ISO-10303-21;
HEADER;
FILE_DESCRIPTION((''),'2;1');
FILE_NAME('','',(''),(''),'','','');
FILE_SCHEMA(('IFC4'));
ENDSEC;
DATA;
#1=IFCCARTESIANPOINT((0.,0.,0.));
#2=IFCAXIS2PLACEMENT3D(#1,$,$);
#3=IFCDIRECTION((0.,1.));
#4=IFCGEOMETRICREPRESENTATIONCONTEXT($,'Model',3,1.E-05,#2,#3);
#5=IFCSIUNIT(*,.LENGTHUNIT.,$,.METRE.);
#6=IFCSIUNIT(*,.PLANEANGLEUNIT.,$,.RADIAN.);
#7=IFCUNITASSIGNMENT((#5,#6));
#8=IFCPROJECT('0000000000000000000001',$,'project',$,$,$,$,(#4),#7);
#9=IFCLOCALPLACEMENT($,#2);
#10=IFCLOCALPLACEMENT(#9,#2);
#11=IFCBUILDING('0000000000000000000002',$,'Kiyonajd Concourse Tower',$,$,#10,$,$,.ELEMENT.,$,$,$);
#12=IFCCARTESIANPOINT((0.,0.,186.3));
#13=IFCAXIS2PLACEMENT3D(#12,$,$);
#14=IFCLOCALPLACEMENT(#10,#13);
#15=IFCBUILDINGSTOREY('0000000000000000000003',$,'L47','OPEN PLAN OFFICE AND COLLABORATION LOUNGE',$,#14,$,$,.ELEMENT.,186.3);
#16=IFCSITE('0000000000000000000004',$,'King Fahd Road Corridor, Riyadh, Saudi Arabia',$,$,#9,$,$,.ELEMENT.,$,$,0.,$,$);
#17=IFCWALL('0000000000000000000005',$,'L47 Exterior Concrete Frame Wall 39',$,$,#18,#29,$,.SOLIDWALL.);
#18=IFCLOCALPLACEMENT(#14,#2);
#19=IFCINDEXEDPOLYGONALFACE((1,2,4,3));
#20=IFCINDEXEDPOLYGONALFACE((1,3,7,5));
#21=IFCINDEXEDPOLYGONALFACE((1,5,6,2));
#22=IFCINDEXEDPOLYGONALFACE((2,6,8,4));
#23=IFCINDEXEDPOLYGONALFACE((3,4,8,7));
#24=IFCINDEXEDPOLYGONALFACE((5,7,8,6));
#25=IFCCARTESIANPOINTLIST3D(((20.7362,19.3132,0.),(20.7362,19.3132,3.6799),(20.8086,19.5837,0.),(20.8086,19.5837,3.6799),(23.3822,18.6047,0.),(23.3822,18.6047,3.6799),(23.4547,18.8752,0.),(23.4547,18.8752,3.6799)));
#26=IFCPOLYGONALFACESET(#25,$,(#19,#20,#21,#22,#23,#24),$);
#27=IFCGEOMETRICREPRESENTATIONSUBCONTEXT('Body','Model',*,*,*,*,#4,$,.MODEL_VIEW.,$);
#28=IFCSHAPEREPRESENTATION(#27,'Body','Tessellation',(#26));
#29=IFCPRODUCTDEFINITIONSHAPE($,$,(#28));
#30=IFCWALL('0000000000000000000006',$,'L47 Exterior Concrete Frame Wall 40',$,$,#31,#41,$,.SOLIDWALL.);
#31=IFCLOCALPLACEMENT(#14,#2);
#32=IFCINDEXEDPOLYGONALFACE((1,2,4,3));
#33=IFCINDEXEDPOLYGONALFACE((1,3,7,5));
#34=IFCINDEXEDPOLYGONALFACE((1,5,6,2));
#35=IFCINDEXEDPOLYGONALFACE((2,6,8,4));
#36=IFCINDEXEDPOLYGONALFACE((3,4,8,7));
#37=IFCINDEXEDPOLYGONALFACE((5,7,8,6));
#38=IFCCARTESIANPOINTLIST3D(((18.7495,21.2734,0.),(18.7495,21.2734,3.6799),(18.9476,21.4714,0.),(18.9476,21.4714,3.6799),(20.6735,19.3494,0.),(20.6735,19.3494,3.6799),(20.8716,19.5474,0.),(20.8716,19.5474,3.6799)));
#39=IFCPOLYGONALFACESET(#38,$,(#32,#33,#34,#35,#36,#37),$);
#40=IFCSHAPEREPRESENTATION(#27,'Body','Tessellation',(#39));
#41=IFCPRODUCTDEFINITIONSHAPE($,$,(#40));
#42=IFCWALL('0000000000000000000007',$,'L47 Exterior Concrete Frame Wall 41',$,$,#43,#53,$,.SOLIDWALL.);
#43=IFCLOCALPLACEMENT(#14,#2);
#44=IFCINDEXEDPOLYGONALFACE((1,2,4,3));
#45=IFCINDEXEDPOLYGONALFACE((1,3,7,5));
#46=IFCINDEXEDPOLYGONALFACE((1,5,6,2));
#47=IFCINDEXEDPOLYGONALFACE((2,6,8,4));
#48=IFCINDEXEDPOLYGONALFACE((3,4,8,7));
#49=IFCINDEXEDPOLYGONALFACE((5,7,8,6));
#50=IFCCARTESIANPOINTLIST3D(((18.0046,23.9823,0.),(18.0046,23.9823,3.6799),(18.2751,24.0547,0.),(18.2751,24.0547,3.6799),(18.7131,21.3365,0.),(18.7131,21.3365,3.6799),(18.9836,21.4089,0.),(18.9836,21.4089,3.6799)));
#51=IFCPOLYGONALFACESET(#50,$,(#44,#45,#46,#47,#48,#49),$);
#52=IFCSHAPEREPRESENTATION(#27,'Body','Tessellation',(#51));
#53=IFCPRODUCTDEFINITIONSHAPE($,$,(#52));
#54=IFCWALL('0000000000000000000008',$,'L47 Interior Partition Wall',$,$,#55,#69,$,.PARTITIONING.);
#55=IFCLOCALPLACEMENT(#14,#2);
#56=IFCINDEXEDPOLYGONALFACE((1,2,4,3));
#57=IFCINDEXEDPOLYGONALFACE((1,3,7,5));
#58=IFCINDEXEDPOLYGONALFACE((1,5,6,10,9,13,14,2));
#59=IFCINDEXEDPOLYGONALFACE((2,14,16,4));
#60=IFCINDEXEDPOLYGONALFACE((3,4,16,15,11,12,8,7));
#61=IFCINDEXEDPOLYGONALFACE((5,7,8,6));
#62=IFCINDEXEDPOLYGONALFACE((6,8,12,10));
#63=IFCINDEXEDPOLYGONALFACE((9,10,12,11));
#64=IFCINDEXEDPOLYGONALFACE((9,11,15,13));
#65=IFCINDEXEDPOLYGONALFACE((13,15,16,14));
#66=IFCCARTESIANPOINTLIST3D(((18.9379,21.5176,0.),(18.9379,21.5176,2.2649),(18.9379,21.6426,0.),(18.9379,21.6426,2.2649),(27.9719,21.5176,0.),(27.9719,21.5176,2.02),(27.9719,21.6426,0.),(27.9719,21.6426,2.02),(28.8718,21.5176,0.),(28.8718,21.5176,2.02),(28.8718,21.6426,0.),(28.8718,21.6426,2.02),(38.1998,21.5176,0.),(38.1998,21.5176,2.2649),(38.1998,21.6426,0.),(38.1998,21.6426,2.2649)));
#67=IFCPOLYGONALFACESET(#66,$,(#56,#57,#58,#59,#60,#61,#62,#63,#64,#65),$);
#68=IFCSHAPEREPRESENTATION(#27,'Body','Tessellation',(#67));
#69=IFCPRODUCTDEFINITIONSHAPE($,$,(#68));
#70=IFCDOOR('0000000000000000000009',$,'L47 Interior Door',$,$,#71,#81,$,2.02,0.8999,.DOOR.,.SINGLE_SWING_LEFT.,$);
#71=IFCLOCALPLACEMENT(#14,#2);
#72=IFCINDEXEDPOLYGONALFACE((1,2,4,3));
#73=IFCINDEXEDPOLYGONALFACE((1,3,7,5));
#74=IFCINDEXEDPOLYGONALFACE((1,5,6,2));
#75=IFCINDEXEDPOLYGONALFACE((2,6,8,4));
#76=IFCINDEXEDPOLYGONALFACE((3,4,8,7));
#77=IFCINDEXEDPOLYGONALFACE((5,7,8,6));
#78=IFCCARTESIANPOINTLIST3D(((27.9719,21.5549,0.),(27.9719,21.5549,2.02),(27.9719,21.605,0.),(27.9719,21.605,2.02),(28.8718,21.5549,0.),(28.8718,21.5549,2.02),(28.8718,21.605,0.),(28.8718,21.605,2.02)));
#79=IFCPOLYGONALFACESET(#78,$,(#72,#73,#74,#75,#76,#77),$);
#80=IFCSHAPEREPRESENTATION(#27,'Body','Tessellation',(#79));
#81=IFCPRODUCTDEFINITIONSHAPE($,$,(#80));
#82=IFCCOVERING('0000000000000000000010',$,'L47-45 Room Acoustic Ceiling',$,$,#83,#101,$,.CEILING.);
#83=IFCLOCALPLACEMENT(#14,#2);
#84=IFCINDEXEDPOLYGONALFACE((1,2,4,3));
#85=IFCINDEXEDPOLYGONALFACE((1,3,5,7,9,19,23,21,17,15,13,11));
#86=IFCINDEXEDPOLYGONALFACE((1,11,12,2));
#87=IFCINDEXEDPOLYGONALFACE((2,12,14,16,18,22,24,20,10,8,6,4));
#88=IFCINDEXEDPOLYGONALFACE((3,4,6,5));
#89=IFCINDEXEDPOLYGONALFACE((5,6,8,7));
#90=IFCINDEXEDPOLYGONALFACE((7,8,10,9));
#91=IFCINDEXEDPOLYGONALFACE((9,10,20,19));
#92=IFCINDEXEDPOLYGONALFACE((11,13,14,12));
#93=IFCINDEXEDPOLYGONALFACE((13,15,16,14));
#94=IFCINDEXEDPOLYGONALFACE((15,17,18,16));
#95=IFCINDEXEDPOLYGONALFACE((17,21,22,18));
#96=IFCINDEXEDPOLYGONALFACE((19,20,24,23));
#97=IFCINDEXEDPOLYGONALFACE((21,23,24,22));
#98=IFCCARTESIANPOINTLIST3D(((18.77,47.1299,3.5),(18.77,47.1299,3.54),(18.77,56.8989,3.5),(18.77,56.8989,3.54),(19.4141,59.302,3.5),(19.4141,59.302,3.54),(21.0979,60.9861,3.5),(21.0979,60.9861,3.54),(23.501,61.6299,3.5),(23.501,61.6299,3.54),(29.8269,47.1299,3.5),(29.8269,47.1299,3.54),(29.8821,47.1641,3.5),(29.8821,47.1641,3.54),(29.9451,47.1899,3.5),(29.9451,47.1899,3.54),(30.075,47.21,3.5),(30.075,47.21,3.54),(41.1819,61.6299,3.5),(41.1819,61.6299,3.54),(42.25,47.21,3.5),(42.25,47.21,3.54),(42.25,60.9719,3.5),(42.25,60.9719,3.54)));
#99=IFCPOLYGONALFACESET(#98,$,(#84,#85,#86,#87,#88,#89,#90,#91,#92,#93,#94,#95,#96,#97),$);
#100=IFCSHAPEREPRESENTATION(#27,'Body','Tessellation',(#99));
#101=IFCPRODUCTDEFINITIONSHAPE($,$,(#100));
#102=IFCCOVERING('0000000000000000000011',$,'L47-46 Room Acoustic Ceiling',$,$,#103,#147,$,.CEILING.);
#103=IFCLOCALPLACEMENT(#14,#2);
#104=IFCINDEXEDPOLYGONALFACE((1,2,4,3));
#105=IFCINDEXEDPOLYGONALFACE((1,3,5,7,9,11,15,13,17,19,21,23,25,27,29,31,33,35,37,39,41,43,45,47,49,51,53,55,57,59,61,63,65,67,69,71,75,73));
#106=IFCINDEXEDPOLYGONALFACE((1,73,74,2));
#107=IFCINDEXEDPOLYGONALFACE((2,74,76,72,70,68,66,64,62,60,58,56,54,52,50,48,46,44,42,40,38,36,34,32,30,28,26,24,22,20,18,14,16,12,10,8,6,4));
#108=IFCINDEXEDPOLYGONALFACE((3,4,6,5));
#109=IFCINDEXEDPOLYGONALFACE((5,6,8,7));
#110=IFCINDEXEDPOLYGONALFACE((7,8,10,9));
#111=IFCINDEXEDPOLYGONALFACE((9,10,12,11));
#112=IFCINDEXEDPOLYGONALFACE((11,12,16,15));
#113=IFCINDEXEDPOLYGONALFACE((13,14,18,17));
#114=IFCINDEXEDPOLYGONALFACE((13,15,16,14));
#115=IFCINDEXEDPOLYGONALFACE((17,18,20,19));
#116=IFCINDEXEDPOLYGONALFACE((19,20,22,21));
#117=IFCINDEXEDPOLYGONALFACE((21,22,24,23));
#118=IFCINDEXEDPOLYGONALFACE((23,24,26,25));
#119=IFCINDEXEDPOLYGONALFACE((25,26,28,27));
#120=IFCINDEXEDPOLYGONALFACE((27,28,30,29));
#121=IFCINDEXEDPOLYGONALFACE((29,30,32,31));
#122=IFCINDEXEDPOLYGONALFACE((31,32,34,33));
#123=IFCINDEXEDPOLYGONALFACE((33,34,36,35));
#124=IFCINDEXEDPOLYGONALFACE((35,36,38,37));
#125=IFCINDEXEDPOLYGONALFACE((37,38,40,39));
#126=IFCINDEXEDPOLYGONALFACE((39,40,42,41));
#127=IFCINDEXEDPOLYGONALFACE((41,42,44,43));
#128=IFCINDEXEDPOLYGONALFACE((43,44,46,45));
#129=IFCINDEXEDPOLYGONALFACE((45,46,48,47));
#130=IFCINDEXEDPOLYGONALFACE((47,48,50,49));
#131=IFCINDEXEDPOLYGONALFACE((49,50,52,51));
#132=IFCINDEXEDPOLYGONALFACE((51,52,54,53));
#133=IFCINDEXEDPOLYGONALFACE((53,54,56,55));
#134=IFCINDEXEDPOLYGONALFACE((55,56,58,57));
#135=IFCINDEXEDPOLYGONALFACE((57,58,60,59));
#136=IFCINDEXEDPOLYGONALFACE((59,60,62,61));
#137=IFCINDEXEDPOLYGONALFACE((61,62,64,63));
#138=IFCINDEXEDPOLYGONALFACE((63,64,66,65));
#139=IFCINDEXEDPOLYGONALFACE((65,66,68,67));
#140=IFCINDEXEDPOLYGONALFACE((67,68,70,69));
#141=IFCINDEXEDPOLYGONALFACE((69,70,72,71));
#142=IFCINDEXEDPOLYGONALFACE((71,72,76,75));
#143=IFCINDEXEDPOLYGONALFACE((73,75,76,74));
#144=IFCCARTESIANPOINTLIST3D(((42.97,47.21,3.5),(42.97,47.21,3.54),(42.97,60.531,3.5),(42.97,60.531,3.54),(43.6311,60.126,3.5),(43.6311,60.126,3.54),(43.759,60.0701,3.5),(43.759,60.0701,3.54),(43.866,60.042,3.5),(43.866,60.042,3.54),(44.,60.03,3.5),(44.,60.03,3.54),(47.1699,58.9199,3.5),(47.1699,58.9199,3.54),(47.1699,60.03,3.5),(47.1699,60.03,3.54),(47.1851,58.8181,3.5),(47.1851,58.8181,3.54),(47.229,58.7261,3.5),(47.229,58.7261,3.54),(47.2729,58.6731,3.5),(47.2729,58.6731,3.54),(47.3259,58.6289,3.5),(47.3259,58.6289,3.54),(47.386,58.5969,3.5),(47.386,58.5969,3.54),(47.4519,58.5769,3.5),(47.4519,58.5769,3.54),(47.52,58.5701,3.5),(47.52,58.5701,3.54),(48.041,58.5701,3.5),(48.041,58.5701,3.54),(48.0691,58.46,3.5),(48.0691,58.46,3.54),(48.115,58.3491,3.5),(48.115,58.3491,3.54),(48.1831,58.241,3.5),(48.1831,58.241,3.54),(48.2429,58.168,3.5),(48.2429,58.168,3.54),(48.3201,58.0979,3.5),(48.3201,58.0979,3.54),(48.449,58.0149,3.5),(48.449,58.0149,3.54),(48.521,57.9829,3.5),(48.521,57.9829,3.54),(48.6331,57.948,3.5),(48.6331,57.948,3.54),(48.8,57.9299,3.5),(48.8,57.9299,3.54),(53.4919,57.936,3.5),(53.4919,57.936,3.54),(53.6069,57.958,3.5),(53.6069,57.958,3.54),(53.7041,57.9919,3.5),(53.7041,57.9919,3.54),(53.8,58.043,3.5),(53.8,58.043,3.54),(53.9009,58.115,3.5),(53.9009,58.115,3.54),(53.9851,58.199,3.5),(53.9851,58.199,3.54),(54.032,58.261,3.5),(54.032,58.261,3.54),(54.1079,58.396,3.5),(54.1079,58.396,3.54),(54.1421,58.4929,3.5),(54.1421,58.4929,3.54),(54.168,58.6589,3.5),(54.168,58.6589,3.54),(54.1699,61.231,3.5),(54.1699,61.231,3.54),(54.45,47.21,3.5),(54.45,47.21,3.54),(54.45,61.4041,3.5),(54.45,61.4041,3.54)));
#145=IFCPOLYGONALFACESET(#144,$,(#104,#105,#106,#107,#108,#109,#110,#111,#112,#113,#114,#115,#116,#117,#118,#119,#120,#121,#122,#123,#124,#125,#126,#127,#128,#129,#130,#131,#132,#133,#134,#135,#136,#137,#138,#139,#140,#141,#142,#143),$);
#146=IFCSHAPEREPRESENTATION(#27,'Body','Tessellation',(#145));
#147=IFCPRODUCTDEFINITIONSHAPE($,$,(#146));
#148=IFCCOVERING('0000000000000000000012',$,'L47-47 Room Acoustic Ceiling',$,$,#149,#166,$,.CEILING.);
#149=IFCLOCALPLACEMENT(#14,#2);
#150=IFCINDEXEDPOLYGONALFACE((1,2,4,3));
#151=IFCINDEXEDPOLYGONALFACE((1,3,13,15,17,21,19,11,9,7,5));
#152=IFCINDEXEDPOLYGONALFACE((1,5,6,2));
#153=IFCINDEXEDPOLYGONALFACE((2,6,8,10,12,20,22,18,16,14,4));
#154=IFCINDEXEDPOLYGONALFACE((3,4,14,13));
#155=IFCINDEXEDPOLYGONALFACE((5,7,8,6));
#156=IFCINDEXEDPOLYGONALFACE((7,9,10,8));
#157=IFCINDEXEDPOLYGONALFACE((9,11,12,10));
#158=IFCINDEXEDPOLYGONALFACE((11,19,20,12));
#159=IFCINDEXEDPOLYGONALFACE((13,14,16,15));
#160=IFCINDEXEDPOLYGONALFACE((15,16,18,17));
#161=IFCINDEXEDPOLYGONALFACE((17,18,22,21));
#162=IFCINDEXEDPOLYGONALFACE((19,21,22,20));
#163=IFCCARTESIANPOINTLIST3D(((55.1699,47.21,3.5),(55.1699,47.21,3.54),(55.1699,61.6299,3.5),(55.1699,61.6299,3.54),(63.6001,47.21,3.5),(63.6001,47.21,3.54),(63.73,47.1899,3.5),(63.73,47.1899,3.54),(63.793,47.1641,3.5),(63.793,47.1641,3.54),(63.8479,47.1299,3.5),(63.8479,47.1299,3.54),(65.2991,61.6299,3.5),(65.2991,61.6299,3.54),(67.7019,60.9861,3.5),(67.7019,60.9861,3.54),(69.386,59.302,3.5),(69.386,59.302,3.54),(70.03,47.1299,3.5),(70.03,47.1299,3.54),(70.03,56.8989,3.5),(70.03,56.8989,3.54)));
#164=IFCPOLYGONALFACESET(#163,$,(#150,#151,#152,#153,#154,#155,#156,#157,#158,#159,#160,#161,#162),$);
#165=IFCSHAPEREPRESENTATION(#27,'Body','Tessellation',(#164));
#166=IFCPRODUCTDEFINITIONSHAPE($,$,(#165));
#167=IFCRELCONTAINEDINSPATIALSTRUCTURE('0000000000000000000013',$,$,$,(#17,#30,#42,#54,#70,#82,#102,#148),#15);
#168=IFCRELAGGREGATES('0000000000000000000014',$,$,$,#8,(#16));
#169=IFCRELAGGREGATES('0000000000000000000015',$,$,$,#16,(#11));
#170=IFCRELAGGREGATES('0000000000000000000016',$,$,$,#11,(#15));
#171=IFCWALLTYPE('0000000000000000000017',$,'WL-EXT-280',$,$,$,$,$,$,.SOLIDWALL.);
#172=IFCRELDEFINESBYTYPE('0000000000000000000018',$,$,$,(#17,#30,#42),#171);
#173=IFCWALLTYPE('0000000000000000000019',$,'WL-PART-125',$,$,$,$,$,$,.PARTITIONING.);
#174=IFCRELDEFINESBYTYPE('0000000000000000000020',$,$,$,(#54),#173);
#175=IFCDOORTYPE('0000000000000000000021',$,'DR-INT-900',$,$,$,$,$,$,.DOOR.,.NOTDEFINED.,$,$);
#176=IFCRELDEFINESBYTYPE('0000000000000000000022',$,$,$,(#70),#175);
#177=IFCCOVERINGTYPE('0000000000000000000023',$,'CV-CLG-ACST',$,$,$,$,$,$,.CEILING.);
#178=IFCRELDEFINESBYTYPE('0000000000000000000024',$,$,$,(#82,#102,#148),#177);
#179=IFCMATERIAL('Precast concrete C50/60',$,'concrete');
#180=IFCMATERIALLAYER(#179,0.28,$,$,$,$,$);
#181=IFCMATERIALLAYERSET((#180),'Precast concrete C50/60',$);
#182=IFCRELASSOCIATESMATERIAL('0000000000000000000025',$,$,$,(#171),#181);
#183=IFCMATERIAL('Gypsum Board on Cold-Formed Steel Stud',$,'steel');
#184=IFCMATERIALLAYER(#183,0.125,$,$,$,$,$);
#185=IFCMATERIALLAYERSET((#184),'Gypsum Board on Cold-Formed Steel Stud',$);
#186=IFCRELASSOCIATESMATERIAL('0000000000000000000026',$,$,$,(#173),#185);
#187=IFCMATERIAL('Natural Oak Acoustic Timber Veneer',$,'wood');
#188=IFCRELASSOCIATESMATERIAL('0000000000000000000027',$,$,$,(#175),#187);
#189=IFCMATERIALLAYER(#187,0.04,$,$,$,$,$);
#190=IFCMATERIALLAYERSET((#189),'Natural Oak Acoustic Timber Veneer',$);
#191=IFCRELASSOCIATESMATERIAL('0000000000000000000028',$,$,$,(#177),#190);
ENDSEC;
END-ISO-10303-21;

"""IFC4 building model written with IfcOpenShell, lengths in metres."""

from ifc_helpers import new_model, si_unit, direction, frame, frame_2d, origin, place, context, subcontext, project, spatial, polyline, rectangle, outline, extrude, material, layer, layer_set, type_object, element, fill, save


model = new_model("IFC4")

# Units and contexts
model_context = context("Model", 3, precision=1e-05, world=origin(), true_north=direction((0.0, 1.0)))
body_context = subcontext(model_context, "Body", "Model", "MODEL_VIEW")
ifc_project = project(units=[si_unit("LENGTHUNIT", "METRE"), si_unit("PLANEANGLEUNIT", "RADIAN")], contexts=[model_context])

# Site, building, storey
site_placement = place(None, origin())
site = spatial("IfcSite", under=ifc_project, at=site_placement, Name="King Fahd Road Corridor, Riyadh, Saudi Arabia", CompositionType="ELEMENT", RefElevation=0.0)
building_placement = place(site_placement, origin())
building = spatial("IfcBuilding", under=site, at=building_placement, Name="Kiyonajd Concourse Tower", CompositionType="ELEMENT")
storey_placement = place(building_placement, frame((0.0, 0.0, 186.3)))
storey = spatial("IfcBuildingStorey", under=building, at=storey_placement, Name="L47", Description="OPEN PLAN OFFICE AND COLLABORATION LOUNGE", CompositionType="ELEMENT", Elevation=186.3)

# Shared definitions
ifc_material_1 = material(Name="Precast concrete C50/60", Category="concrete")

# Walls
ifc_layer_1 = layer(ifc_material_1, 0.28)
ifc_layer_set_1 = layer_set([ifc_layer_1], Name="Precast concrete C50/60")
wall_type_1 = type_object("IfcWallType", Name="WL-EXT-280", PredefinedType="SOLIDWALL", material=ifc_layer_set_1)
wall_1_placement = place(storey_placement, frame((23.4185, 18.74, 0.0), z_axis=(0.0, 0.0, 1.0), x_axis=(-0.965971, 0.25865, 0.0)))
element("IfcWall", 1, at=wall_1_placement, inside=storey, type_object=wall_type_1, Name="L47 Exterior Concrete Frame Wall 39", PredefinedType="SOLIDWALL", context=body_context, shape_type="SweptSolid", body=[
    extrude(rectangle(XDim=2.7393, YDim=0.28, at=frame_2d((1.3696, 0.0))), origin(), (0.0, 0.0, 1.0), 3.6799),
])
wall_2_placement = place(storey_placement, frame((20.7725, 19.4485, 0.0), z_axis=(0.0, 0.0, 1.0), x_axis=(-0.707107, 0.707107, 0.0)))
element("IfcWall", 2, at=wall_2_placement, inside=storey, type_object=wall_type_1, Name="L47 Exterior Concrete Frame Wall 40", PredefinedType="SOLIDWALL", context=body_context, shape_type="SweptSolid", body=[
    extrude(rectangle(XDim=2.7209, YDim=0.28, at=frame_2d((1.3604, 0.0))), origin(), (0.0, 0.0, 1.0), 3.6799),
])
wall_3_placement = place(storey_placement, frame((18.8484, 21.3726, 0.0), z_axis=(0.0, 0.0, 1.0), x_axis=(-0.258672, 0.965965, 0.0)))
element("IfcWall", 3, at=wall_3_placement, inside=storey, type_object=wall_type_1, Name="L47 Exterior Concrete Frame Wall 41", PredefinedType="SOLIDWALL", context=body_context, shape_type="SweptSolid", body=[
    extrude(rectangle(XDim=2.739, YDim=0.28, at=frame_2d((1.3696, 0.0))), origin(), (0.0, 0.0, 1.0), 3.6799),
])

# Wall, opening, door
ifc_material_2 = material(Name="Gypsum Board on Cold-Formed Steel Stud", Category="steel")
ifc_layer_2 = layer(ifc_material_2, 0.125)
ifc_layer_set_2 = layer_set([ifc_layer_2], Name="Gypsum Board on Cold-Formed Steel Stud")
wall_type_2 = type_object("IfcWallType", Name="WL-PART-125", PredefinedType="PARTITIONING", material=ifc_layer_set_2)
wall_4_placement = place(storey_placement, frame((18.938, 21.5801, 0.0), z_axis=(0.0, 0.0, 1.0), x_axis=(1.0, 0.0, 0.0)))
wall_4 = element("IfcWall", 4, at=wall_4_placement, inside=storey, type_object=wall_type_2, Name="L47 Interior Partition Wall", PredefinedType="PARTITIONING", context=body_context, shape_type="SweptSolid", body=[
    extrude(rectangle(XDim=19.262, YDim=0.125, at=frame_2d((9.6309, 0.0))), origin(), (0.0, 0.0, 1.0), 2.2649),
])
opening_placement = place(wall_4_placement, frame((9.0339, 0.0, 0.0)))
opening = element("IfcOpeningElement", 5, at=opening_placement, cuts=wall_4, PredefinedType="OPENING", context=body_context, shape_type="SweptSolid", body=[
    extrude(rectangle(XDim=0.8999, YDim=2.02, at=frame_2d((0.45, 1.01))), frame((0.0, 0.0725, 0.0), z_axis=(0.0, -1.0, 0.0), x_axis=(1.0, 0.0, 0.0)), (0.0, 0.0, 1.0), 0.145),
])
ifc_material_3 = material(Name="Natural Oak Acoustic Timber Veneer", Category="wood")
door_type = type_object("IfcDoorType", Name="DR-INT-900", OperationType="NOTDEFINED", PredefinedType="DOOR", material=ifc_material_3)
door_placement = place(opening_placement, origin())
door = element("IfcDoor", 6, at=door_placement, inside=storey, type_object=door_type, Name="L47 Interior Door", OperationType="SINGLE_SWING_LEFT", OverallHeight=2.02, OverallWidth=0.8999, PredefinedType="DOOR", context=body_context, shape_type="SweptSolid", body=[
    extrude(rectangle(XDim=0.8999, YDim=2.02, at=frame_2d((0.45, 1.01))), frame((0.0, 0.0249, 0.0), z_axis=(0.0, -1.0, 0.0), x_axis=(1.0, 0.0, 0.0)), (0.0, 0.0, 1.0), 0.05),
])
fill(opening, door)

# Coverings
ifc_layer_3 = layer(ifc_material_3, 0.04)
ifc_layer_set_3 = layer_set([ifc_layer_3], Name="Natural Oak Acoustic Timber Veneer")
covering_type = type_object("IfcCoveringType", Name="CV-CLG-ACST", PredefinedType="CEILING", material=ifc_layer_set_3)
covering_1_placement = place(storey_placement, frame((0.0, 0.0, 3.5)))
element("IfcCovering", 7, at=covering_1_placement, inside=storey, type_object=covering_type, Name="L47-45 Room Acoustic Ceiling", PredefinedType="CEILING", context=body_context, shape_type="SweptSolid", body=[
    extrude(outline(polyline([(21.0979, 60.9861), (23.501, 61.6299), (41.1819, 61.6299), (42.25, 60.9719), (42.25, 47.21), (30.075, 47.21), (29.9451, 47.1899), (29.8821, 47.1641), (29.8269, 47.1299), (18.77, 47.1299), (18.77, 56.8989), (19.4141, 59.302), (21.0979, 60.9861)])), origin(), (0.0, 0.0, 1.0), 0.04),
])
covering_2_placement = place(storey_placement, frame((0.0, 0.0, 3.5)))
element("IfcCovering", 8, at=covering_2_placement, inside=storey, type_object=covering_type, Name="L47-46 Room Acoustic Ceiling", PredefinedType="CEILING", context=body_context, shape_type="SweptSolid", body=[
    extrude(outline(polyline([(43.759, 60.0701), (43.866, 60.042), (44.0, 60.03), (47.1699, 60.03), (47.1699, 58.9199), (47.1851, 58.8181), (47.229, 58.7261), (47.2729, 58.6731), (47.3259, 58.6289), (47.386, 58.5969), (47.4519, 58.5769), (47.52, 58.5701), (48.041, 58.5701), (48.0691, 58.46), (48.115, 58.3491), (48.1831, 58.241), (48.2429, 58.168), (48.3201, 58.0979), (48.449, 58.0149), (48.521, 57.9829), (48.6331, 57.948), (48.8, 57.9299), (53.4919, 57.936), (53.6069, 57.958), (53.7041, 57.9919), (53.8, 58.043), (53.9009, 58.115), (53.9851, 58.199), (54.032, 58.261), (54.1079, 58.396), (54.1421, 58.4929), (54.168, 58.6589), (54.1699, 61.231), (54.45, 61.4041), (54.45, 47.21), (42.97, 47.21), (42.97, 60.531), (43.6311, 60.126), (43.759, 60.0701)])), origin(), (0.0, 0.0, 1.0), 0.04),
])
covering_3_placement = place(storey_placement, frame((0.0, 0.0, 3.5)))
element("IfcCovering", 9, at=covering_3_placement, inside=storey, type_object=covering_type, Name="L47-47 Room Acoustic Ceiling", PredefinedType="CEILING", context=body_context, shape_type="SweptSolid", body=[
    extrude(outline(polyline([(63.8479, 47.1299), (63.793, 47.1641), (63.73, 47.1899), (63.6001, 47.21), (55.1699, 47.21), (55.1699, 61.6299), (65.2991, 61.6299), (67.7019, 60.9861), (69.386, 59.302), (70.03, 56.8989), (70.03, 47.1299), (63.8479, 47.1299)])), origin(), (0.0, 0.0, 1.0), 0.04),
])

save(model, "model.ifc")
